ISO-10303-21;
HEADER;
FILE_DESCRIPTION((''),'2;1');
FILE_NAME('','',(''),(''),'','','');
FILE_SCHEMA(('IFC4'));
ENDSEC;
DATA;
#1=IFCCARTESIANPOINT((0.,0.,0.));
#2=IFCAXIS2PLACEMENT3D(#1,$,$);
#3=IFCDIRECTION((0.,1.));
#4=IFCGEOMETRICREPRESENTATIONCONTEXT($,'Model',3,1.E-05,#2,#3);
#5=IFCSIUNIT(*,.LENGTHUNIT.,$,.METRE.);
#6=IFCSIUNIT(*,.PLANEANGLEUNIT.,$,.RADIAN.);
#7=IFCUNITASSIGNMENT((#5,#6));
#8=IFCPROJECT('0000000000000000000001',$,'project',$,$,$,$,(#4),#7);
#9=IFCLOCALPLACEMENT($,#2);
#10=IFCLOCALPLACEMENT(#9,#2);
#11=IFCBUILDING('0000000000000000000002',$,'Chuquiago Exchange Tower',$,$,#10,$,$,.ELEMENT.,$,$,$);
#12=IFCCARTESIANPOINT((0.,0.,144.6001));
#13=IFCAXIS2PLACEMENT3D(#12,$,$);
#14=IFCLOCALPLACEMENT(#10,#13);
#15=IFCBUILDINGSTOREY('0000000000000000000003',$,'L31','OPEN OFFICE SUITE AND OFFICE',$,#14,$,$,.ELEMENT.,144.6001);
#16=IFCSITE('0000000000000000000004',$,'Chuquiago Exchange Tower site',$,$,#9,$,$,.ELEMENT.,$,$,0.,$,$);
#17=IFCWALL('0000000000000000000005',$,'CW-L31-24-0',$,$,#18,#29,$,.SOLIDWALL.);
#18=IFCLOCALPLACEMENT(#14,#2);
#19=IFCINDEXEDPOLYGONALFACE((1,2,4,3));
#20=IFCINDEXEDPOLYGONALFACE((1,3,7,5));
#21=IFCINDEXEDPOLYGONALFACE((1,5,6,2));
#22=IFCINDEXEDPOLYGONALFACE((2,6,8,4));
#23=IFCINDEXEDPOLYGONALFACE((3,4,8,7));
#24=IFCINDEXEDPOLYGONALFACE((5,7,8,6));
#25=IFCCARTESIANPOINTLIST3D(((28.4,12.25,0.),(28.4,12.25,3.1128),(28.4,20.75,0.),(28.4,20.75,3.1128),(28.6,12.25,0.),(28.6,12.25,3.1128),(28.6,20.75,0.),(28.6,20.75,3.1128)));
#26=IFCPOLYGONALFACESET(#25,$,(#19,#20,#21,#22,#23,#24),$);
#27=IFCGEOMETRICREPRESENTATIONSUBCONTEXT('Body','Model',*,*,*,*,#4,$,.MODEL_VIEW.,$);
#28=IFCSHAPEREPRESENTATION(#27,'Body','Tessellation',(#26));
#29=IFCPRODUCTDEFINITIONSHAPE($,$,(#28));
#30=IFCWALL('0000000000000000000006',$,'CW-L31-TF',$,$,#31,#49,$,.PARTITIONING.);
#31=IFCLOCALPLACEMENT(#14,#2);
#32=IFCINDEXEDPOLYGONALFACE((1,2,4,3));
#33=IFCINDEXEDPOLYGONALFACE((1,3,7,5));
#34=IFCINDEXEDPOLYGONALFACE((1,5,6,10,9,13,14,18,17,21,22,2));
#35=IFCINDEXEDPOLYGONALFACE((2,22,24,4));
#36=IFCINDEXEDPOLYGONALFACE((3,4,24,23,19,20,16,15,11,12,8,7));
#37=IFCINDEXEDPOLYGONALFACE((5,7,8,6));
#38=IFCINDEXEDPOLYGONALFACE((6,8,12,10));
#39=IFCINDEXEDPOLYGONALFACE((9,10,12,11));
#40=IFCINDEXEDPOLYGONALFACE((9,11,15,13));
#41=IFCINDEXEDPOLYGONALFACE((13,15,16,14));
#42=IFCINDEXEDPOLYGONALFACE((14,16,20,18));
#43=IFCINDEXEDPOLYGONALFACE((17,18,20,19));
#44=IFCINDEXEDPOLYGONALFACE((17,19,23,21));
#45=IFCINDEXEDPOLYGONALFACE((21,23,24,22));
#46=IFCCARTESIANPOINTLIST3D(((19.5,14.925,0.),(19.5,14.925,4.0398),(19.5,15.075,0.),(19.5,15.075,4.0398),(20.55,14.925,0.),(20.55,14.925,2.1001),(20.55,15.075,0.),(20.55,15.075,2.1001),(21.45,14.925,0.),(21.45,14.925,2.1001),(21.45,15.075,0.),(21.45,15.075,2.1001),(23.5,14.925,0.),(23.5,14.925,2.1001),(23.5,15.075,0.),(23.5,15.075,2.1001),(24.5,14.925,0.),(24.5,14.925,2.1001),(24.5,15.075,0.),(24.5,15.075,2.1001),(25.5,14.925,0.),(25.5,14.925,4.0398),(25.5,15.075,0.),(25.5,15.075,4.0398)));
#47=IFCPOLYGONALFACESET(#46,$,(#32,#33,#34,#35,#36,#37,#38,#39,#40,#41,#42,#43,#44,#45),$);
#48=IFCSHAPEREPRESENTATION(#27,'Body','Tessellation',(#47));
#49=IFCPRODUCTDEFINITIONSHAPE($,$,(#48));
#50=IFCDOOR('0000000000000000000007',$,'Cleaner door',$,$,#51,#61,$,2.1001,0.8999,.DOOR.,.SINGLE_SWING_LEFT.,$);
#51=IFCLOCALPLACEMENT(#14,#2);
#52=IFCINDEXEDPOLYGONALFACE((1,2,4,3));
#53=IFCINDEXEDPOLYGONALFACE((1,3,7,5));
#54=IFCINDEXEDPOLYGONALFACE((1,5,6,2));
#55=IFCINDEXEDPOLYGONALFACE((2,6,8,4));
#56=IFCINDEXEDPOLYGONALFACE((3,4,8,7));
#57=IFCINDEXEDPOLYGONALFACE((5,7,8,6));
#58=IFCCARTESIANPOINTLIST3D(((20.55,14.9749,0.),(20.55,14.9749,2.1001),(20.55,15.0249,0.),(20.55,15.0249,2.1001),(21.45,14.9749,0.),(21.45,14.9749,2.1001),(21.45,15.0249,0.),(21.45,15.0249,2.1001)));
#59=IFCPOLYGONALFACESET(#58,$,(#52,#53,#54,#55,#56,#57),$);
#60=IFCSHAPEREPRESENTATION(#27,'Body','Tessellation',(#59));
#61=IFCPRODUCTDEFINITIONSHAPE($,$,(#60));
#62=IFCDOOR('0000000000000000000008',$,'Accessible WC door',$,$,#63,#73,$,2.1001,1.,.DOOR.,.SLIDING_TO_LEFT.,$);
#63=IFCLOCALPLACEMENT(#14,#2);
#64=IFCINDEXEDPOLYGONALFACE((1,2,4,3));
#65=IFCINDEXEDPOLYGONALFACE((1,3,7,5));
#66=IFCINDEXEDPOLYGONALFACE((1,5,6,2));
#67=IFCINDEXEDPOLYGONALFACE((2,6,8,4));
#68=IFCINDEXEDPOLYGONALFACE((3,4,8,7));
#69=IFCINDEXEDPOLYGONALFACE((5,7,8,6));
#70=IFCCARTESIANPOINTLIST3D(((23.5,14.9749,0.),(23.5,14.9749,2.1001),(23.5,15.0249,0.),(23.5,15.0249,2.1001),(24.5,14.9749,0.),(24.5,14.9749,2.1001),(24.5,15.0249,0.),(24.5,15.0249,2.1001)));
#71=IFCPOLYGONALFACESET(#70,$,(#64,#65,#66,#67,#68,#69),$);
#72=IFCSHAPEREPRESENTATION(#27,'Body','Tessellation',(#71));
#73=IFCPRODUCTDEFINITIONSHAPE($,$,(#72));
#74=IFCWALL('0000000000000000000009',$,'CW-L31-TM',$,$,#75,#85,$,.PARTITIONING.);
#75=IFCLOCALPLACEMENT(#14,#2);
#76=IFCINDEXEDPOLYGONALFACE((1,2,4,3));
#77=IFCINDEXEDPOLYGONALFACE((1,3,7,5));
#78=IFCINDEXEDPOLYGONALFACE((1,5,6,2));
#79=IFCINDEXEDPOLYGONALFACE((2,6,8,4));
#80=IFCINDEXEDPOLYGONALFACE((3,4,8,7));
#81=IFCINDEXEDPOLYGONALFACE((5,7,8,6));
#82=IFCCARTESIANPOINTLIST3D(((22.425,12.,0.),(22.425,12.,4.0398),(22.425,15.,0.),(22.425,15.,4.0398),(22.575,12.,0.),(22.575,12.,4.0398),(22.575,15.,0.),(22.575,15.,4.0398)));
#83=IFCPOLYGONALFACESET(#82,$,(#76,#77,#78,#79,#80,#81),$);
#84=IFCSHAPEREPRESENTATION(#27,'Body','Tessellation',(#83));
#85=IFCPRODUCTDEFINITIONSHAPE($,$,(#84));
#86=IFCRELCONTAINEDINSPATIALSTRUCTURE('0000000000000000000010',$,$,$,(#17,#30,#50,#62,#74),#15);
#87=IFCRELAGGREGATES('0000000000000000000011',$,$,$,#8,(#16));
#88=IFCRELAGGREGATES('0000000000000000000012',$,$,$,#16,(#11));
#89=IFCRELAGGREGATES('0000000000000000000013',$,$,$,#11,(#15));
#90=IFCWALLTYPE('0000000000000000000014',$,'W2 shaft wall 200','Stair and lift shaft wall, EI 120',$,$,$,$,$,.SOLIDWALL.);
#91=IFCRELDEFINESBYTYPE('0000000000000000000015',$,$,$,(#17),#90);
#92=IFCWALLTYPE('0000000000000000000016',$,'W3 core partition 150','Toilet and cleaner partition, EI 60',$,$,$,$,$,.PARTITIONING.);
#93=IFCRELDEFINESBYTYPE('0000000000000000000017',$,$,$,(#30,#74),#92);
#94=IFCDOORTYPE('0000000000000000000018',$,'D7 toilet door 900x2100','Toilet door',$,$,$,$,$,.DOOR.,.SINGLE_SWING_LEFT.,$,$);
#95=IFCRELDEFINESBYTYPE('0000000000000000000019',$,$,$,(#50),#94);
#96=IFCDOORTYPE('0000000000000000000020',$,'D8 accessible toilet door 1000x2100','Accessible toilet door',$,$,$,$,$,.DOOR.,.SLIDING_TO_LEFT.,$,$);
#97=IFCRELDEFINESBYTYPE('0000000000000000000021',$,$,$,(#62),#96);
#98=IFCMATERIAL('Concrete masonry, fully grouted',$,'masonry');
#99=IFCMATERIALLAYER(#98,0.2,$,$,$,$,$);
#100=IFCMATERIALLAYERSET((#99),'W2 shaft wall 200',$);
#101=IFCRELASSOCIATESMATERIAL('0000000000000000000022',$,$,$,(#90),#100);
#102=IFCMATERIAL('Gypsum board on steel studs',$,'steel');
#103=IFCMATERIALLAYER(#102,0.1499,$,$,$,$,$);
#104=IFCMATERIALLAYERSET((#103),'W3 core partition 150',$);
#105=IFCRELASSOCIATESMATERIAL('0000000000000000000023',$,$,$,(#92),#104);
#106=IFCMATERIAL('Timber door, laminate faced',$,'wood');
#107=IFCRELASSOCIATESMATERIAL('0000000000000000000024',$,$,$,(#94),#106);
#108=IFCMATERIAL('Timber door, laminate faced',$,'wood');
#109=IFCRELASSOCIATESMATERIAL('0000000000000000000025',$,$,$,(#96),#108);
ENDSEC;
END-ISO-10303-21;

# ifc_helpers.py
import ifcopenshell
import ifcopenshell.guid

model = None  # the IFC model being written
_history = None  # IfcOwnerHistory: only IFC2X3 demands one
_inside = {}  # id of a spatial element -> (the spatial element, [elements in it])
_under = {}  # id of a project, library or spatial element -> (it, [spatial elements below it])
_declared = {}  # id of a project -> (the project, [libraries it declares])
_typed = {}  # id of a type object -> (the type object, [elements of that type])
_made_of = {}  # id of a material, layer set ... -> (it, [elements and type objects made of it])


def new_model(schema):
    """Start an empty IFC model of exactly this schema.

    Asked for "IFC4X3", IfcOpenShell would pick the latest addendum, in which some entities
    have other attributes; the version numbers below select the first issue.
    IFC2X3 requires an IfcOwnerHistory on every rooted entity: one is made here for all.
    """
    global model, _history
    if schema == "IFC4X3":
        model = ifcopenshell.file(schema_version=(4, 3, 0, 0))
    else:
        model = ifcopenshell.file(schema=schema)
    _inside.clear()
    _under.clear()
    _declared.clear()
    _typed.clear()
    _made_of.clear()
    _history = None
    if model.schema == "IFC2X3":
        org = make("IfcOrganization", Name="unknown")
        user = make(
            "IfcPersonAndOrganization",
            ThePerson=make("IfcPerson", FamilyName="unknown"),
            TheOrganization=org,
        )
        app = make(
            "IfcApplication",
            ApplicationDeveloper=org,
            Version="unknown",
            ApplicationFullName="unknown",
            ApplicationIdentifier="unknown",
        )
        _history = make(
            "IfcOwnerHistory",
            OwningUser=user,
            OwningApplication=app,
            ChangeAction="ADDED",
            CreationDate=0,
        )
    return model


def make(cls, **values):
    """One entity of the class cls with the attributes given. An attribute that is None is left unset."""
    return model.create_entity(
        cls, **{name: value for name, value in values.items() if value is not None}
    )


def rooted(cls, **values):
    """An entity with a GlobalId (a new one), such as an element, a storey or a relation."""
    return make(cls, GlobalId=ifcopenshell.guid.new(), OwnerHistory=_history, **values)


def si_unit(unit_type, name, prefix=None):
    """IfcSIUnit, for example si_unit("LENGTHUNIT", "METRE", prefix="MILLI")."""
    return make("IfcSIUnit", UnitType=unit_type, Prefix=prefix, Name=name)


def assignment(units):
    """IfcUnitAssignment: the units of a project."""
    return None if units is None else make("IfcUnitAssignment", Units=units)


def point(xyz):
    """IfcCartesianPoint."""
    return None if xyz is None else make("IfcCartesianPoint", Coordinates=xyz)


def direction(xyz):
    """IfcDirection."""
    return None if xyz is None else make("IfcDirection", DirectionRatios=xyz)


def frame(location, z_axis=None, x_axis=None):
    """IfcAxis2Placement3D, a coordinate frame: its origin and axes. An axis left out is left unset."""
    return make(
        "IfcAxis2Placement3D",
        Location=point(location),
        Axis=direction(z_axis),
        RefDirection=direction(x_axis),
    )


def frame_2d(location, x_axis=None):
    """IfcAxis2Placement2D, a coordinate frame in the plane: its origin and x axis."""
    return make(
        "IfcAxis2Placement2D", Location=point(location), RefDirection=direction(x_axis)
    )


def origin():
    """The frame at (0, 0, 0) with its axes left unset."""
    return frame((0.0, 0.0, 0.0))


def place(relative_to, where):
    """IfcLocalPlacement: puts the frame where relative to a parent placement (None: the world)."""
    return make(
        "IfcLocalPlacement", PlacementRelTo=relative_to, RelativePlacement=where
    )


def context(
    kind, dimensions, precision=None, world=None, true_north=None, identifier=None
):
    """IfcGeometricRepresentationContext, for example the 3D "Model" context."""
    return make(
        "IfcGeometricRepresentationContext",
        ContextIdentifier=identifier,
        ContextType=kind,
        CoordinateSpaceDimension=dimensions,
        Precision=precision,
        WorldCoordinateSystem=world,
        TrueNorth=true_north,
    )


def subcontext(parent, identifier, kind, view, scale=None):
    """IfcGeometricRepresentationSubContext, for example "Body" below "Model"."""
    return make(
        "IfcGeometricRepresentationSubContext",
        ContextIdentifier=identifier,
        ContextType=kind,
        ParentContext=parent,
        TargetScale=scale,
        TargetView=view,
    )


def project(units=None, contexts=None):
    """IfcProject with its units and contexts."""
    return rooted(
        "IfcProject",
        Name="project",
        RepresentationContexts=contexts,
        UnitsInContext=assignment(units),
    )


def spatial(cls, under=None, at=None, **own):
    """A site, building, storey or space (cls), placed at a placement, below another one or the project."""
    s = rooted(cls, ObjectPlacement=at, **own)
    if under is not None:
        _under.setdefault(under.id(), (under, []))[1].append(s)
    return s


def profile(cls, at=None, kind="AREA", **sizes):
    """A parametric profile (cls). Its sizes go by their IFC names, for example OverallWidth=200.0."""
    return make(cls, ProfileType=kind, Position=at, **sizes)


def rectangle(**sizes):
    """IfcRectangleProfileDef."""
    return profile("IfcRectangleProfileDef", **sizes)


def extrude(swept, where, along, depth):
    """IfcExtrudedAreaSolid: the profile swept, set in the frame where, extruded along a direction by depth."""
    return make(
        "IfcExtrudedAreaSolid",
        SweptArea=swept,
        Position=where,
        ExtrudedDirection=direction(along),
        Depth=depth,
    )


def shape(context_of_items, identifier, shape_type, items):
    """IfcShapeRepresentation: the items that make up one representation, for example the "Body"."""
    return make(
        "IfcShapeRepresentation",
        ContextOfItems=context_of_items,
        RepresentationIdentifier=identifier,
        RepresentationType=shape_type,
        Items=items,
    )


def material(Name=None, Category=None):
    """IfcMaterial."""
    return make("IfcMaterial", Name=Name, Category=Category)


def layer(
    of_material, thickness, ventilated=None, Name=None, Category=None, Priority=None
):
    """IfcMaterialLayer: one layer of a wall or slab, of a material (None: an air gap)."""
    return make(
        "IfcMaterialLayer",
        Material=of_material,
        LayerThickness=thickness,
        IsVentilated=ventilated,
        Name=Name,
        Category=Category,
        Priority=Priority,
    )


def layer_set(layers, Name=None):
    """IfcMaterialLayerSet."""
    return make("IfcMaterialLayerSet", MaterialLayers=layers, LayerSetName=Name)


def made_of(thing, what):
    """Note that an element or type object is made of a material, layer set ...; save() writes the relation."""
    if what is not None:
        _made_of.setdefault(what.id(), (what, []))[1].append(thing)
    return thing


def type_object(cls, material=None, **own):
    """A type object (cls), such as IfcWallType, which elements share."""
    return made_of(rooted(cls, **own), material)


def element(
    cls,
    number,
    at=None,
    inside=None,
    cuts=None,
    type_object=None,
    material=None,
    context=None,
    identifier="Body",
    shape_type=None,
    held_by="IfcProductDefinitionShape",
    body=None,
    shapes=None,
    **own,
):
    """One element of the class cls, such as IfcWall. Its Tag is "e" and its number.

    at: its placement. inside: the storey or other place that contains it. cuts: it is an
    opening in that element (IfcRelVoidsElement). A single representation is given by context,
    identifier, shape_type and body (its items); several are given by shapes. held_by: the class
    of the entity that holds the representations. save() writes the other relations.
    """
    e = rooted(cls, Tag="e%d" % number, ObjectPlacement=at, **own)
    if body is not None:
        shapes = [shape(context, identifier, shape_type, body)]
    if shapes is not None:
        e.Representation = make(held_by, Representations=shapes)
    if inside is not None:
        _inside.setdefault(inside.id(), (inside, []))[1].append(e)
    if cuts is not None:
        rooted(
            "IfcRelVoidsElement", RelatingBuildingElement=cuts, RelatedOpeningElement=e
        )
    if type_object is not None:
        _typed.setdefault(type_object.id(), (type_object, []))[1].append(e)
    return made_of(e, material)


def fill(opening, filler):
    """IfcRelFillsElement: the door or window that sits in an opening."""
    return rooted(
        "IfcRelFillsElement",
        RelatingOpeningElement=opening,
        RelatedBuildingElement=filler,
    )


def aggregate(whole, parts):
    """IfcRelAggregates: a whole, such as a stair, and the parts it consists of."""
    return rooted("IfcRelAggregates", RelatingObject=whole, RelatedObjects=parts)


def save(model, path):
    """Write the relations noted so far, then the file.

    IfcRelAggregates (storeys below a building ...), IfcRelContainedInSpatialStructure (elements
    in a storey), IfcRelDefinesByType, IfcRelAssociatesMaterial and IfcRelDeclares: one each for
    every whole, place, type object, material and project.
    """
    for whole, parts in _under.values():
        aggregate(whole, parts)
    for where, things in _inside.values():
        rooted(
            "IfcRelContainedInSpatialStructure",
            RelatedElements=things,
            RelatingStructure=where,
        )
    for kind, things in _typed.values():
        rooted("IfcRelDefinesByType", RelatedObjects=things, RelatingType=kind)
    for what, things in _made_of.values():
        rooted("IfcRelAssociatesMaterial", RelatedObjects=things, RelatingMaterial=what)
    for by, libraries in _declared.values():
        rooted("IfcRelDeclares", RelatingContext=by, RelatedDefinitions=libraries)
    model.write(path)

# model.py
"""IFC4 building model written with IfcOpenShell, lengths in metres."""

from ifc_helpers import new_model, si_unit, direction, frame, frame_2d, origin, place, context, subcontext, project, spatial, rectangle, extrude, material, layer, layer_set, type_object, element, fill, save


model = new_model("IFC4")

# Units and contexts
model_context = context("Model", 3, precision=1e-05, world=origin(), true_north=direction((0.0, 1.0)))
body_context = subcontext(model_context, "Body", "Model", "MODEL_VIEW")
ifc_project = project(units=[si_unit("LENGTHUNIT", "METRE"), si_unit("PLANEANGLEUNIT", "RADIAN")], contexts=[model_context])

# Site, building, storey
site_placement = place(None, origin())
site = spatial("IfcSite", under=ifc_project, at=site_placement, Name="Chuquiago Exchange Tower site", CompositionType="ELEMENT", RefElevation=0.0)
building_placement = place(site_placement, origin())
building = spatial("IfcBuilding", under=site, at=building_placement, Name="Chuquiago Exchange Tower", CompositionType="ELEMENT")
storey_placement = place(building_placement, frame((0.0, 0.0, 144.6001)))
storey = spatial("IfcBuildingStorey", under=building, at=storey_placement, Name="L31", Description="OPEN OFFICE SUITE AND OFFICE", CompositionType="ELEMENT", Elevation=144.6001)

# Shared definitions
ifc_material_1 = material(Name="Concrete masonry, fully grouted", Category="masonry")
ifc_layer_1 = layer(ifc_material_1, 0.2)
ifc_layer_set_1 = layer_set([ifc_layer_1], Name="W2 shaft wall 200")
wall_type_1 = type_object("IfcWallType", Name="W2 shaft wall 200", Description="Stair and lift shaft wall, EI 120", PredefinedType="SOLIDWALL", material=ifc_layer_set_1)

# Wall
wall_1_placement = place(storey_placement, frame((28.5, 12.25, 0.0), z_axis=(0.0, 0.0, 1.0), x_axis=(0.0, 1.0, 0.0)))
element("IfcWall", 1, at=wall_1_placement, inside=storey, type_object=wall_type_1, Name="CW-L31-24-0", PredefinedType="SOLIDWALL", context=body_context, shape_type="SweptSolid", body=[
    extrude(rectangle(XDim=8.5, YDim=0.2, at=frame_2d((4.25, 0.0))), origin(), (0.0, 0.0, 1.0), 3.1128),
])

# Wall, openings, doors
ifc_material_2 = material(Name="Gypsum board on steel studs", Category="steel")
ifc_layer_2 = layer(ifc_material_2, 0.1499)
ifc_layer_set_2 = layer_set([ifc_layer_2], Name="W3 core partition 150")
wall_type_2 = type_object("IfcWallType", Name="W3 core partition 150", Description="Toilet and cleaner partition, EI 60", PredefinedType="PARTITIONING", material=ifc_layer_set_2)
wall_2_placement = place(storey_placement, frame((19.5, 15.0, 0.0), z_axis=(0.0, 0.0, 1.0), x_axis=(1.0, 0.0, 0.0)))
wall_2 = element("IfcWall", 2, at=wall_2_placement, inside=storey, type_object=wall_type_2, Name="CW-L31-TF", PredefinedType="PARTITIONING", context=body_context, shape_type="SweptSolid", body=[
    extrude(rectangle(XDim=6.0, YDim=0.1499, at=frame_2d((3.0, 0.0))), origin(), (0.0, 0.0, 1.0), 4.0398),
])
opening_1_placement = place(wall_2_placement, frame((4.0, 0.0, 0.0)))
opening_1 = element("IfcOpeningElement", 3, at=opening_1_placement, cuts=wall_2, PredefinedType="OPENING", context=body_context, shape_type="SweptSolid", body=[
    extrude(rectangle(XDim=1.0, YDim=2.1001, at=frame_2d((0.5, 1.05))), frame((0.0, 0.085, 0.0), z_axis=(0.0, -1.0, 0.0), x_axis=(1.0, 0.0, 0.0)), (0.0, 0.0, 1.0), 0.1699),
])
opening_2_placement = place(wall_2_placement, frame((1.05, 0.0, 0.0)))
opening_2 = element("IfcOpeningElement", 4, at=opening_2_placement, cuts=wall_2, PredefinedType="OPENING", context=body_context, shape_type="SweptSolid", body=[
    extrude(rectangle(XDim=0.8999, YDim=2.1001, at=frame_2d((0.45, 1.05))), frame((0.0, 0.085, 0.0), z_axis=(0.0, -1.0, 0.0), x_axis=(1.0, 0.0, 0.0)), (0.0, 0.0, 1.0), 0.1699),
])
ifc_material_3 = material(Name="Timber door, laminate faced", Category="wood")
door_type_1 = type_object("IfcDoorType", Name="D7 toilet door 900x2100", Description="Toilet door", OperationType="SINGLE_SWING_LEFT", PredefinedType="DOOR", material=ifc_material_3)
door_1_placement = place(opening_2_placement, origin())
door_1 = element("IfcDoor", 5, at=door_1_placement, inside=storey, type_object=door_type_1, Name="Cleaner door", OperationType="SINGLE_SWING_LEFT", OverallHeight=2.1001, OverallWidth=0.8999, PredefinedType="DOOR", context=body_context, shape_type="SweptSolid", body=[
    extrude(rectangle(XDim=0.8999, YDim=2.1001, at=frame_2d((0.45, 1.05))), frame((0.0, 0.0249, 0.0), z_axis=(0.0, -1.0, 0.0), x_axis=(1.0, 0.0, 0.0)), (0.0, 0.0, 1.0), 0.05),
])
fill(opening_2, door_1)
ifc_material_4 = material(Name="Timber door, laminate faced", Category="wood")
door_type_2 = type_object("IfcDoorType", Name="D8 accessible toilet door 1000x2100", Description="Accessible toilet door", OperationType="SLIDING_TO_LEFT", PredefinedType="DOOR", material=ifc_material_4)
door_2_placement = place(opening_1_placement, origin())
door_2 = element("IfcDoor", 6, at=door_2_placement, inside=storey, type_object=door_type_2, Name="Accessible WC door", OperationType="SLIDING_TO_LEFT", OverallHeight=2.1001, OverallWidth=1.0, PredefinedType="DOOR", context=body_context, shape_type="SweptSolid", body=[
    extrude(rectangle(XDim=1.0, YDim=2.1001, at=frame_2d((0.5, 1.05))), frame((0.0, 0.0249, 0.0), z_axis=(0.0, -1.0, 0.0), x_axis=(1.0, 0.0, 0.0)), (0.0, 0.0, 1.0), 0.05),
])
fill(opening_1, door_2)

# Wall
wall_3_placement = place(storey_placement, frame((22.5, 15.0, 0.0), z_axis=(0.0, 0.0, 1.0), x_axis=(0.0, -1.0, 0.0)))
element("IfcWall", 7, at=wall_3_placement, inside=storey, type_object=wall_type_2, Name="CW-L31-TM", PredefinedType="PARTITIONING", context=body_context, shape_type="SweptSolid", body=[
    extrude(rectangle(XDim=3.0, YDim=0.1499, at=frame_2d((1.5, 0.0))), origin(), (0.0, 0.0, 1.0), 4.0398),
])

save(model, "model.ifc")
